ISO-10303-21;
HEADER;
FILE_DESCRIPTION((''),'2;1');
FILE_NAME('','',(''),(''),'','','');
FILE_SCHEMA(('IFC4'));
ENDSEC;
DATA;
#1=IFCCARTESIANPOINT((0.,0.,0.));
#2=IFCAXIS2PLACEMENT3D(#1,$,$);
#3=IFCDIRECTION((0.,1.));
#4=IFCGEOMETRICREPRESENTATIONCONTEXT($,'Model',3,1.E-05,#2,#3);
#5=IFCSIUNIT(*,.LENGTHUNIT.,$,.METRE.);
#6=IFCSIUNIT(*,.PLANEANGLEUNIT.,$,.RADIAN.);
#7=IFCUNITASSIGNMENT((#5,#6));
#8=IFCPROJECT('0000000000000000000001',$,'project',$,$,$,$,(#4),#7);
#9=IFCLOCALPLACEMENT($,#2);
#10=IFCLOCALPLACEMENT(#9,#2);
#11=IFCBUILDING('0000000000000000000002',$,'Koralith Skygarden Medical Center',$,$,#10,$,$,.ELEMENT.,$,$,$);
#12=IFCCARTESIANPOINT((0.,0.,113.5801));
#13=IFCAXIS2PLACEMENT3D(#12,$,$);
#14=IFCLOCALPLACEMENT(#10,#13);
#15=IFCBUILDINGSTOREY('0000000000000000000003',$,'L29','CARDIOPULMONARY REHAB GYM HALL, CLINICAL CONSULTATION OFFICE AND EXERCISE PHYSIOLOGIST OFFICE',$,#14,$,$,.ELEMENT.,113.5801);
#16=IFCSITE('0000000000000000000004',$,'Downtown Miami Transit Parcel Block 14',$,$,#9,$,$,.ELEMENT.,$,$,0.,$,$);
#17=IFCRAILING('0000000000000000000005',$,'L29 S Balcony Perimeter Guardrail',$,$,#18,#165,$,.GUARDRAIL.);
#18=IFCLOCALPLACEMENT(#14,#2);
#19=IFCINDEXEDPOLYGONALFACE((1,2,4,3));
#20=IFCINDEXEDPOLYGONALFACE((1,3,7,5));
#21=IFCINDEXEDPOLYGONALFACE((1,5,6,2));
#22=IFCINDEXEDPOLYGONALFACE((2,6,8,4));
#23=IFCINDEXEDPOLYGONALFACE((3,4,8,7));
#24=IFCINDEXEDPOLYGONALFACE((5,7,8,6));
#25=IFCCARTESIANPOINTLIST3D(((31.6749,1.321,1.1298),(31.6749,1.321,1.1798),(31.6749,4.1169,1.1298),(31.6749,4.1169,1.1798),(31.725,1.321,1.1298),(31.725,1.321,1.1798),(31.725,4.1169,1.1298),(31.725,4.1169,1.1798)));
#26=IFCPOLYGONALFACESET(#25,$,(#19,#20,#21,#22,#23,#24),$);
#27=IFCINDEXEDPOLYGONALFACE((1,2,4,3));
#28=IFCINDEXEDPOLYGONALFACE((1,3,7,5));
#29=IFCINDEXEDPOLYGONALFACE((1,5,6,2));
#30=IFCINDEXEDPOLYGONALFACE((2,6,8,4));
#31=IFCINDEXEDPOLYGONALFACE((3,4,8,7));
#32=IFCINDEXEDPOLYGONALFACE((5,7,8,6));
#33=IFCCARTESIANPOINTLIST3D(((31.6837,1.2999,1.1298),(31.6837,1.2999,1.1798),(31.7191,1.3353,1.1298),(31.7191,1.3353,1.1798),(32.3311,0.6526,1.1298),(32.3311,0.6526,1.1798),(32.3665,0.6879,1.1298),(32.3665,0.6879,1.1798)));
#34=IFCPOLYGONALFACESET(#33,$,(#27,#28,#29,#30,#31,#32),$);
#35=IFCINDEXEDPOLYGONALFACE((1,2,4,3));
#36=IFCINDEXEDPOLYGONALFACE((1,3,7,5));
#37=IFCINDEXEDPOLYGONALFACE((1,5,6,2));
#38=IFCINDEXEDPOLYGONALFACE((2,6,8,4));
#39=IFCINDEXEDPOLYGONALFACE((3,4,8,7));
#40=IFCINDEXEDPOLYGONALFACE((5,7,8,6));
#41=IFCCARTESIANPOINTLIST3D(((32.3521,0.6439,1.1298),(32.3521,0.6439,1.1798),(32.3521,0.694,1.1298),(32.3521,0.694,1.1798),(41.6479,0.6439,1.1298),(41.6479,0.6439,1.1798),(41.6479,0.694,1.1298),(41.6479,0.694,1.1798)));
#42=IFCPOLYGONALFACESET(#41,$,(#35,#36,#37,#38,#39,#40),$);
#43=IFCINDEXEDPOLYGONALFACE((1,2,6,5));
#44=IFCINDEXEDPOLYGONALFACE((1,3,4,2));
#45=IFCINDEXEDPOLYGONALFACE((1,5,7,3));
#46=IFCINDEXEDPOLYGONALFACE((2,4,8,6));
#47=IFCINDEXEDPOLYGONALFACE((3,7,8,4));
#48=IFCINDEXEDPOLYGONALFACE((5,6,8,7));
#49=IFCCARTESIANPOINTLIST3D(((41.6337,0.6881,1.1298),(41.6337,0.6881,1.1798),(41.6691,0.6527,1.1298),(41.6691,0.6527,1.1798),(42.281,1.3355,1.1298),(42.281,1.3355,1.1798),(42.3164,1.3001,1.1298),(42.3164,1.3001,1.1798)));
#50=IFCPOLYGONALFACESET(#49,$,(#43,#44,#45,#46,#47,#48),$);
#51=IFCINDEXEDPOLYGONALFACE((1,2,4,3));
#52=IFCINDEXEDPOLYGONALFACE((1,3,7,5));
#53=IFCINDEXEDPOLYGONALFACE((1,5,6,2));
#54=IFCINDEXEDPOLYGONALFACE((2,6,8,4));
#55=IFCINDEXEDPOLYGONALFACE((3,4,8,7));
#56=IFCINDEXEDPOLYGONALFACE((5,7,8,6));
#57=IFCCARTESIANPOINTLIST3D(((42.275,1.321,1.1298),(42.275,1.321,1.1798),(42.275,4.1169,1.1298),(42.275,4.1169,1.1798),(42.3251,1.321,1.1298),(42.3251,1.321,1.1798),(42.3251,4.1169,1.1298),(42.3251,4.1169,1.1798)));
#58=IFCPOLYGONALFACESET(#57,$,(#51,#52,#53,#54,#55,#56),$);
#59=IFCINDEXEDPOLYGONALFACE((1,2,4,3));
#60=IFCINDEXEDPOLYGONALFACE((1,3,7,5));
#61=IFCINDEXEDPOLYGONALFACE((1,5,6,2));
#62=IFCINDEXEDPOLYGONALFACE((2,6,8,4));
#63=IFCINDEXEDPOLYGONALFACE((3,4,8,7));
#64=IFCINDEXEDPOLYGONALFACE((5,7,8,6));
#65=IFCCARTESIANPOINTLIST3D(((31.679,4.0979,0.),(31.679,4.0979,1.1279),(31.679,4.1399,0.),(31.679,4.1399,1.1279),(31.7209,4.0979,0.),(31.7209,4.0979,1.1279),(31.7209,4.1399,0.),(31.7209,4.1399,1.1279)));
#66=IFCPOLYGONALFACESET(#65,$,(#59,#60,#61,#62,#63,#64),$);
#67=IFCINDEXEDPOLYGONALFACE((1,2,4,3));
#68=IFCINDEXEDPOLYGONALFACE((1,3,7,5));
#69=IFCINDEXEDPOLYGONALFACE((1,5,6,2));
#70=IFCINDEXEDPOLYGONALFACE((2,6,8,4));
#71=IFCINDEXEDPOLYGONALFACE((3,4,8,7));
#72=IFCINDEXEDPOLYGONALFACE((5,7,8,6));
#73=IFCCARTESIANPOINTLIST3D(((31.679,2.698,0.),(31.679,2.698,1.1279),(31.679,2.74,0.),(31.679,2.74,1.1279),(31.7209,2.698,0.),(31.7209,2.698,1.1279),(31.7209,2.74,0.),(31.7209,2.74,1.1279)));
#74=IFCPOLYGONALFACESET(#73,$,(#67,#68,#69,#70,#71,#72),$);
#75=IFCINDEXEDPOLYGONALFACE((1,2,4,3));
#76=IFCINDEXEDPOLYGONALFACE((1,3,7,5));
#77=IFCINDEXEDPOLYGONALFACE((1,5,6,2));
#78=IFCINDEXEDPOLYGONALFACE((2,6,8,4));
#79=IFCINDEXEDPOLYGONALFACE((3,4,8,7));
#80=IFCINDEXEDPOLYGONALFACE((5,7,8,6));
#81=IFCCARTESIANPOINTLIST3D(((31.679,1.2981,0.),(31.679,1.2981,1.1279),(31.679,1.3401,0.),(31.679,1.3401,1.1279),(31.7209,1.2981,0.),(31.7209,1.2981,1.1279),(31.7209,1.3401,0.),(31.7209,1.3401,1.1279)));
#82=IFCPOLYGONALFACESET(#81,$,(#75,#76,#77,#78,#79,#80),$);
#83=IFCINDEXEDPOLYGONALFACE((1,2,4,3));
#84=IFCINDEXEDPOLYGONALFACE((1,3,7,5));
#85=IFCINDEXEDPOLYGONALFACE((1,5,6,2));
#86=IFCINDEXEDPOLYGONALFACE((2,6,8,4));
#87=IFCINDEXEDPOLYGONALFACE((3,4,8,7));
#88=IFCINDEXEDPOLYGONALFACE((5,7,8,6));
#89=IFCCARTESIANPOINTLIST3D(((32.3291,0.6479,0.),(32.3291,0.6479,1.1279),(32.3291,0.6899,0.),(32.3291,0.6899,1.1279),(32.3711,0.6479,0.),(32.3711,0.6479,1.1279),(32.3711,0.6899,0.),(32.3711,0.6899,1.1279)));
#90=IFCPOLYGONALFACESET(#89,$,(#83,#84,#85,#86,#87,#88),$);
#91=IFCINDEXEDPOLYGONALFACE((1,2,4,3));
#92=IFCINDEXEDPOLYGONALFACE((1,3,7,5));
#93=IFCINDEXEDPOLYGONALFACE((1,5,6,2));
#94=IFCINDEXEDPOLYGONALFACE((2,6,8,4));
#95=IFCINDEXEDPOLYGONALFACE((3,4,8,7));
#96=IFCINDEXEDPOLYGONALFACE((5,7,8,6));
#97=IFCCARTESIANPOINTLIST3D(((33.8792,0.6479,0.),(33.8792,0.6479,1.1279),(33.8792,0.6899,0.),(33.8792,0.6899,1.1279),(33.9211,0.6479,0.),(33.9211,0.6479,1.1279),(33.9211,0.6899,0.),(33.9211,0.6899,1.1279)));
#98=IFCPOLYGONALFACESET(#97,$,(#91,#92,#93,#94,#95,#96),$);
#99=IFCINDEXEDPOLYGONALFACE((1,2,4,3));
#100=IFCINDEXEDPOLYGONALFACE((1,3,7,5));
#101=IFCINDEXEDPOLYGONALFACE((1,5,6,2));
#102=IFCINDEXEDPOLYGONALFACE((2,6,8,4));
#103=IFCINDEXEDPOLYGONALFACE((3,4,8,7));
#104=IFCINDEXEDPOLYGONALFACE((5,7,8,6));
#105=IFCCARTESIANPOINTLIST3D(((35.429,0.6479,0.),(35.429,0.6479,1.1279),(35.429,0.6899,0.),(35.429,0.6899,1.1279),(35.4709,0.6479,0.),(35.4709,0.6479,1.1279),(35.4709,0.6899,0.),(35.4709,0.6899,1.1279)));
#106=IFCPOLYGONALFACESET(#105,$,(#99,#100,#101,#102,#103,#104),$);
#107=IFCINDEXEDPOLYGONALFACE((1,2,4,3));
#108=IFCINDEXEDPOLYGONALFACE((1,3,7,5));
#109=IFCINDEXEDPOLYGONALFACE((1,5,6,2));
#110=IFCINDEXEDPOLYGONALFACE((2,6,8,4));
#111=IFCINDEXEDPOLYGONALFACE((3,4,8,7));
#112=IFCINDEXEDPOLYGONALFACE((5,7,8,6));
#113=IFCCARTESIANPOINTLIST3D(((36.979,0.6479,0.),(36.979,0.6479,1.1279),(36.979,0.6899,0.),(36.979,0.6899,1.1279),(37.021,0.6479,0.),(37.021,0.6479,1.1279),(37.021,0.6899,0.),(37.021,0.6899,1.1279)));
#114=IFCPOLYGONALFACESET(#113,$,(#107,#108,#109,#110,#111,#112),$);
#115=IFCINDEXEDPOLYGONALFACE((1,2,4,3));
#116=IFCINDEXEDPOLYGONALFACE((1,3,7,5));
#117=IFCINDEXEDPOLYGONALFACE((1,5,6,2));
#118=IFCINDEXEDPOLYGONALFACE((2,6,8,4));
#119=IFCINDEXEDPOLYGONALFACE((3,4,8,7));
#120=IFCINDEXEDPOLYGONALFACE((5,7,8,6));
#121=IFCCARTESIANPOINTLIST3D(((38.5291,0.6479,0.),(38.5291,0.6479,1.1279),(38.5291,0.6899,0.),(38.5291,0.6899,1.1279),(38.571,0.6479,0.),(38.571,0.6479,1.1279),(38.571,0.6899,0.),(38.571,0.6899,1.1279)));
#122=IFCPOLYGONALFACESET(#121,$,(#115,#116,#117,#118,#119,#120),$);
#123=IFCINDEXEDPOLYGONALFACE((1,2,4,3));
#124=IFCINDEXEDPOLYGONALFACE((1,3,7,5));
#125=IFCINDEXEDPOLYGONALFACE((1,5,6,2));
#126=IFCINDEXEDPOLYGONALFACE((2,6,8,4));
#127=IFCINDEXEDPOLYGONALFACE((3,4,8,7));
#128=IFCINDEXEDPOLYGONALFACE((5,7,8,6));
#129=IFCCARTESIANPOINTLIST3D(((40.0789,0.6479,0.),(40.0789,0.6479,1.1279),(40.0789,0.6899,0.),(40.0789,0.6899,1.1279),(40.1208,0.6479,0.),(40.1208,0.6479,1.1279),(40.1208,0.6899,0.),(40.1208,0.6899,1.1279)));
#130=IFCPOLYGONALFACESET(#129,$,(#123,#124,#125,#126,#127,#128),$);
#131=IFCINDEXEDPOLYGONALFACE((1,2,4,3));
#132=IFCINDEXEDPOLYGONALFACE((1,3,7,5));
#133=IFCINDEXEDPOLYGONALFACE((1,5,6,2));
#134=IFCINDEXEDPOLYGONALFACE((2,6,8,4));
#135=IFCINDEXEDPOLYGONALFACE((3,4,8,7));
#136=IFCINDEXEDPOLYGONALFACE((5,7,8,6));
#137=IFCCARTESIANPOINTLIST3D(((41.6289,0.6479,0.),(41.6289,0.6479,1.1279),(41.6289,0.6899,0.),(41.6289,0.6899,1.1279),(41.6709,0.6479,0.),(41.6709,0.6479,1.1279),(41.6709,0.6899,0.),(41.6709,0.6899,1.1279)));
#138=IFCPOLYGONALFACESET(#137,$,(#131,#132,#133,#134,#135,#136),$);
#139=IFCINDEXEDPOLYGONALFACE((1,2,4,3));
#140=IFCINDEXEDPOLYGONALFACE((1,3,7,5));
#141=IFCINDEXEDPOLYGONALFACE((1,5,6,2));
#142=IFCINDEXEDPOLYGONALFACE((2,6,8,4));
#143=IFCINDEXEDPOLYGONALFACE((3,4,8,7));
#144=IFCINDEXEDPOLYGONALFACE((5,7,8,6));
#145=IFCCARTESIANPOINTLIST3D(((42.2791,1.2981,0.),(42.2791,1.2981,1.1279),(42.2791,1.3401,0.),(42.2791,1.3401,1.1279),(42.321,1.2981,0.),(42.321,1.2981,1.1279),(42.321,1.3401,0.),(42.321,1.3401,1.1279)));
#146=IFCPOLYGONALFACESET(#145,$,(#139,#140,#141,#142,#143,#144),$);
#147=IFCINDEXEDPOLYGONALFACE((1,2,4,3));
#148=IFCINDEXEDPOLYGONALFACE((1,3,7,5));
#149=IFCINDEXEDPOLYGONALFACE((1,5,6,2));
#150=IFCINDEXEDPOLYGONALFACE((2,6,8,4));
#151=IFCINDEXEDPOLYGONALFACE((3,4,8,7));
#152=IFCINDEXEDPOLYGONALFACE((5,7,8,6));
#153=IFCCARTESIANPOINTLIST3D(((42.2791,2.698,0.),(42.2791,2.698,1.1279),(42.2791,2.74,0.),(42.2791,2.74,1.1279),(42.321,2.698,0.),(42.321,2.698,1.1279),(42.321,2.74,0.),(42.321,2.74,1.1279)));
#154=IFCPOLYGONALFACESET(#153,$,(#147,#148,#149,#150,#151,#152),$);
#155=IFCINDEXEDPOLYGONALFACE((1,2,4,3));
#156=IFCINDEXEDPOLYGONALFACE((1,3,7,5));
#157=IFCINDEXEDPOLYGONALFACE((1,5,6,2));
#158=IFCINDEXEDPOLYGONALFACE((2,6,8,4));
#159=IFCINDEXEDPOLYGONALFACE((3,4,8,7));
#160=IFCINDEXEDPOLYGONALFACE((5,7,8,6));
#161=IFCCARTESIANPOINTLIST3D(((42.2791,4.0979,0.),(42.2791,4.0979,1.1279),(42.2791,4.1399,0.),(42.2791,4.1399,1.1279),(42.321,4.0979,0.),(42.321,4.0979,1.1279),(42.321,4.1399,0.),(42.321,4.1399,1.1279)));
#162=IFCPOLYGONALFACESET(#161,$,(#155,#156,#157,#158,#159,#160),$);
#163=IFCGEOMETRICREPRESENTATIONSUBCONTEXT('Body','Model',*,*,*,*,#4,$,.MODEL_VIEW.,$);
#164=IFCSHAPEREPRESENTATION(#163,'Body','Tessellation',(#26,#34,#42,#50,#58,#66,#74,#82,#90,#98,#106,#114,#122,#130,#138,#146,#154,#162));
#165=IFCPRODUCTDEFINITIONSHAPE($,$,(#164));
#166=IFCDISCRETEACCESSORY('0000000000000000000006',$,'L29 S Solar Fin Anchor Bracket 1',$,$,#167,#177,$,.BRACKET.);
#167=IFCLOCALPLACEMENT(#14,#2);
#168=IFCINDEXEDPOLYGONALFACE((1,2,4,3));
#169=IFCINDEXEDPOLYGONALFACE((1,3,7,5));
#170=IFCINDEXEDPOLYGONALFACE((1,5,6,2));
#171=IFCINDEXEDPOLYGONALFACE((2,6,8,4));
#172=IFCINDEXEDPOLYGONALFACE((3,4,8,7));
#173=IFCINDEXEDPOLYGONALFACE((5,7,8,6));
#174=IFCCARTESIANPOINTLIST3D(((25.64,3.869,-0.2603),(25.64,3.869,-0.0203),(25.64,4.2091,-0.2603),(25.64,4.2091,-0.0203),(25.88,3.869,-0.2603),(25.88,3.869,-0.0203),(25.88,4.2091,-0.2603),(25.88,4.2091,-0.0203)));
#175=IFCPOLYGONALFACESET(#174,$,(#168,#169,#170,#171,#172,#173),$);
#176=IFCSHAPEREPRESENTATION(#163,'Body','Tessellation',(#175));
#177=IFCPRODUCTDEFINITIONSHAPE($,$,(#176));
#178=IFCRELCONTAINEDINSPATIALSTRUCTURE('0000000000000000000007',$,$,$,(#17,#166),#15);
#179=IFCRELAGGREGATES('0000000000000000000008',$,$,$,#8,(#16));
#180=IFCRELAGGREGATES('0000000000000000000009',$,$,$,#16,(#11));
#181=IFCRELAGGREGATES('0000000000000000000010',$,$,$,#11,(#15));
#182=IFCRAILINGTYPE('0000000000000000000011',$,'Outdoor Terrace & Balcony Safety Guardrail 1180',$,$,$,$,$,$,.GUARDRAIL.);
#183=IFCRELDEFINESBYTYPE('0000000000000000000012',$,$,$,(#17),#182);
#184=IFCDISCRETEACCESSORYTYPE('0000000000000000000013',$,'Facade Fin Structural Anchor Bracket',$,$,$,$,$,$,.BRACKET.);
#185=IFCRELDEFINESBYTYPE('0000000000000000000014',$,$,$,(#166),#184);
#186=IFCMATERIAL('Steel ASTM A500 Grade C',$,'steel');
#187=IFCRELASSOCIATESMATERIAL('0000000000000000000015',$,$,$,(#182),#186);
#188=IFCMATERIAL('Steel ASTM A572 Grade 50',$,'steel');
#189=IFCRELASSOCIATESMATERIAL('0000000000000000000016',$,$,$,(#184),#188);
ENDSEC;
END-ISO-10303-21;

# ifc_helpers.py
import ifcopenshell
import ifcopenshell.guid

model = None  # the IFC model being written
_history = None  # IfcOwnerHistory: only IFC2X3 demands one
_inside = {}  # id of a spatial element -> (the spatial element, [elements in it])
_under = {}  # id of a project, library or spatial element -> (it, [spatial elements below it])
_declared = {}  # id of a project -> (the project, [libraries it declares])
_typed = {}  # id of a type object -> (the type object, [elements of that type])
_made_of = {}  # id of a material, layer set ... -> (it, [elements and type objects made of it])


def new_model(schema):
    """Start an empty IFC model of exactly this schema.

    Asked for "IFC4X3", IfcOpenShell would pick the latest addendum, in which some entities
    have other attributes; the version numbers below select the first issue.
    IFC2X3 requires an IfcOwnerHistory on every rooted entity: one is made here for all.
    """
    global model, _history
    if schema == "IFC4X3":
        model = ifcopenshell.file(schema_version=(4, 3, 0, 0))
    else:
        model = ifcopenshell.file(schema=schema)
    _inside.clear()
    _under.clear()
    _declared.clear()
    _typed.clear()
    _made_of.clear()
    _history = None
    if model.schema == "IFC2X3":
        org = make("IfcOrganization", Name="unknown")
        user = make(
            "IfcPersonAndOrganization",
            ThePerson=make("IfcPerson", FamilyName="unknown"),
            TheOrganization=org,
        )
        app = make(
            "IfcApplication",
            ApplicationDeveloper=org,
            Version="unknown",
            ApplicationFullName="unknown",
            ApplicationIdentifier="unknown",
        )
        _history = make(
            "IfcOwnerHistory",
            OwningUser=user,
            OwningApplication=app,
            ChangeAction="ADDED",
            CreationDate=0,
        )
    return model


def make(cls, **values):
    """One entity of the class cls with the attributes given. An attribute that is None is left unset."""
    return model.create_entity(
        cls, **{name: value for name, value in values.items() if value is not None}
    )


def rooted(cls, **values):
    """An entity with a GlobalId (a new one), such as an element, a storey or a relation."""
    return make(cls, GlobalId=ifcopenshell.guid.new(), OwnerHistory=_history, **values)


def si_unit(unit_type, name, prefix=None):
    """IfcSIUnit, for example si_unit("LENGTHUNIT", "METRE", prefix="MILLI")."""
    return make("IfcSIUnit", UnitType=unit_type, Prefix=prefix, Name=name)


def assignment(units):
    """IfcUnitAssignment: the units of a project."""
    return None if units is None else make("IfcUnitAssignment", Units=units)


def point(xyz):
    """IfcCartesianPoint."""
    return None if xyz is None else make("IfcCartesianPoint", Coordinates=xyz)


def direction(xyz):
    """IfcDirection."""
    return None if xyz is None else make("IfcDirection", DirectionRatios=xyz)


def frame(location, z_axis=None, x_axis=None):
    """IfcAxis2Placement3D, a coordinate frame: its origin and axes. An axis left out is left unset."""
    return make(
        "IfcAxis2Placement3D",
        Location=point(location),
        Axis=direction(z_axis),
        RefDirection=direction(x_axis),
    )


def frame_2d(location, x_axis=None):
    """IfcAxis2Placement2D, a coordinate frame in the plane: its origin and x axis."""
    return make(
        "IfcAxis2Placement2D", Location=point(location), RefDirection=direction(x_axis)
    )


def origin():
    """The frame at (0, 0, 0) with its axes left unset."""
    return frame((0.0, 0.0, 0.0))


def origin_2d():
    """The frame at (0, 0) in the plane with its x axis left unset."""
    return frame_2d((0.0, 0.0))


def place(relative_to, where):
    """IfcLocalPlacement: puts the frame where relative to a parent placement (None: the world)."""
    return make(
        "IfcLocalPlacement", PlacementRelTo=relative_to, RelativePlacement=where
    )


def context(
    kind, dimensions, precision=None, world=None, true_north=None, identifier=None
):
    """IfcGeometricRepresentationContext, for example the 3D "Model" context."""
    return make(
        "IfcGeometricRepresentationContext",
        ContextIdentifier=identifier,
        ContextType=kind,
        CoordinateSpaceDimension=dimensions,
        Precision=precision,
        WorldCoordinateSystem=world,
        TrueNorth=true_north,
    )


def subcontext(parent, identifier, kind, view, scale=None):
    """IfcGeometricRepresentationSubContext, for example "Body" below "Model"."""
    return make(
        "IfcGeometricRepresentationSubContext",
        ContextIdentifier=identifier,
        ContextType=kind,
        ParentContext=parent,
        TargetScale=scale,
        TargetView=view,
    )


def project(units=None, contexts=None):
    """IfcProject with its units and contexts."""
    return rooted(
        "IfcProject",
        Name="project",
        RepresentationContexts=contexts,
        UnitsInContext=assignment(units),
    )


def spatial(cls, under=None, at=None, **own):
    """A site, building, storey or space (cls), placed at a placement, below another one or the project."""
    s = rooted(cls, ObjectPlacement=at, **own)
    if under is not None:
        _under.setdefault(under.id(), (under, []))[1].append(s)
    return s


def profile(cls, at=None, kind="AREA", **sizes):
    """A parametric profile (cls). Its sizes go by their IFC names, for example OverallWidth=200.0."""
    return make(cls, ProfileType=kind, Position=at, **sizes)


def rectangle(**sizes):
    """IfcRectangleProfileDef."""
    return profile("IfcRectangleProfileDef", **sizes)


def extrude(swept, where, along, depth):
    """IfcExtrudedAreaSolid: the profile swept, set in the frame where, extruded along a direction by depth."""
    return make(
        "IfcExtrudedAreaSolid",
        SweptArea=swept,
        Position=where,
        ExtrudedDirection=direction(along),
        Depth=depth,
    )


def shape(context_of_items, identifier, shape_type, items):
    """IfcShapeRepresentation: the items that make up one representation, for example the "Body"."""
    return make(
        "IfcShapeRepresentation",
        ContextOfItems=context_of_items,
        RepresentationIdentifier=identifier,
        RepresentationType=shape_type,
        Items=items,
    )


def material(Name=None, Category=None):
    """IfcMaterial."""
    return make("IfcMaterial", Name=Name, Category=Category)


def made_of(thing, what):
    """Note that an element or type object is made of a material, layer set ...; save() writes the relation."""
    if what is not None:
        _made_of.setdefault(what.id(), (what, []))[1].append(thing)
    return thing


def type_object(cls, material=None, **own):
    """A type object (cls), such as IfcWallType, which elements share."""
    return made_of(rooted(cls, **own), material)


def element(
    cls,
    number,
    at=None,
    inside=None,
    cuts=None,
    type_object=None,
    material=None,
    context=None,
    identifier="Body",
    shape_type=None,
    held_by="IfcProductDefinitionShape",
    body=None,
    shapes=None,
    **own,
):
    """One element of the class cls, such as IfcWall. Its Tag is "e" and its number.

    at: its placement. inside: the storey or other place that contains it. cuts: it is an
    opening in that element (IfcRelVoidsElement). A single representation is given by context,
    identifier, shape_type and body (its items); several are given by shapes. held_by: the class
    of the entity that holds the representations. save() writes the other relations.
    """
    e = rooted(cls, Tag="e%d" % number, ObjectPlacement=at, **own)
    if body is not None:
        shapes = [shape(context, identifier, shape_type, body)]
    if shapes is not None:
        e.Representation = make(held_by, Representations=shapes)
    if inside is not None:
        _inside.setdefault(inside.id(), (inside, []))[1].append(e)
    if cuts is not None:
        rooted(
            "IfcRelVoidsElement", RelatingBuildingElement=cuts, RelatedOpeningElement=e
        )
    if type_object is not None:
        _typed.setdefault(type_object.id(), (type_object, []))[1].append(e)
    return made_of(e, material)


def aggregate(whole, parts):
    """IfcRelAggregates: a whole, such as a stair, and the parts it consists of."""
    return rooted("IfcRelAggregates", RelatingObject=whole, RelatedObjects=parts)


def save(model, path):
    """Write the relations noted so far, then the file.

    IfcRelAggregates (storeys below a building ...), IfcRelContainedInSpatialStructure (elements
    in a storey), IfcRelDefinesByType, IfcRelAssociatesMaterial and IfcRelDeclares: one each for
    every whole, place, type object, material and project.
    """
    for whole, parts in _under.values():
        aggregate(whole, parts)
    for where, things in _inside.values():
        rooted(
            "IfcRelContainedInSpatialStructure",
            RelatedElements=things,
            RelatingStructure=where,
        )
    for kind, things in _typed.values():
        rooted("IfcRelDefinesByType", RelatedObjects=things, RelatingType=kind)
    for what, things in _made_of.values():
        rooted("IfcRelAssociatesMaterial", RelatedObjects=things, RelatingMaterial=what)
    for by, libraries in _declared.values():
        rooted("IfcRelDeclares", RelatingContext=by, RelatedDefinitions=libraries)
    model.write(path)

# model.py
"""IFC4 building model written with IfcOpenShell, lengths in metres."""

from ifc_helpers import new_model, si_unit, direction, frame, origin, origin_2d, place, context, subcontext, project, spatial, rectangle, extrude, material, type_object, element, save


model = new_model("IFC4")

# Units and contexts
model_context = context("Model", 3, precision=1e-05, world=origin(), true_north=direction((0.0, 1.0)))
body_context = subcontext(model_context, "Body", "Model", "MODEL_VIEW")
ifc_project = project(units=[si_unit("LENGTHUNIT", "METRE"), si_unit("PLANEANGLEUNIT", "RADIAN")], contexts=[model_context])

# Site, building, storey
site_placement = place(None, origin())
site = spatial("IfcSite", under=ifc_project, at=site_placement, Name="Downtown Miami Transit Parcel Block 14", CompositionType="ELEMENT", RefElevation=0.0)
building_placement = place(site_placement, origin())
building = spatial("IfcBuilding", under=site, at=building_placement, Name="Koralith Skygarden Medical Center", CompositionType="ELEMENT")
storey_placement = place(building_placement, frame((0.0, 0.0, 113.5801)))
storey = spatial("IfcBuildingStorey", under=building, at=storey_placement, Name="L29", Description="CARDIOPULMONARY REHAB GYM HALL, CLINICAL CONSULTATION OFFICE AND EXERCISE PHYSIOLOGIST OFFICE", CompositionType="ELEMENT", Elevation=113.5801)

# Railing
ifc_material_1 = material(Name="Steel ASTM A500 Grade C", Category="steel")
railing_type = type_object("IfcRailingType", Name="Outdoor Terrace & Balcony Safety Guardrail 1180", PredefinedType="GUARDRAIL", material=ifc_material_1)
railing_placement = place(storey_placement, frame((31.7, 4.1189, 0.0)))
element("IfcRailing", 1, at=railing_placement, inside=storey, type_object=railing_type, Name="L29 S Balcony Perimeter Guardrail", PredefinedType="GUARDRAIL", context=body_context, shape_type="SweptSolid", body=[
    extrude(rectangle(XDim=0.05, YDim=0.05, at=origin_2d()), frame((0.0, -0.002, 1.1548), z_axis=(0.0, -1.0, 0.0), x_axis=(1.0, 0.0, 0.0)), (0.0, 0.0, 1.0), 2.7959),
    extrude(rectangle(XDim=0.05, YDim=0.05, at=origin_2d()), frame((0.0015, -2.8013, 1.1548), z_axis=(0.707107, -0.707107, 0.0), x_axis=(0.707107, 0.707107, 0.0)), (0.0, 0.0, 1.0), 0.9155),
    extrude(rectangle(XDim=0.05, YDim=0.05, at=origin_2d()), frame((0.6521, -3.45, 1.1548), z_axis=(1.0, 0.0, 0.0), x_axis=(0.0, 1.0, 0.0)), (0.0, 0.0, 1.0), 9.2959),
    extrude(rectangle(XDim=0.05, YDim=0.05, at=origin_2d()), frame((9.9514, -3.4485, 1.1548), z_axis=(0.707107, 0.707107, 0.0), x_axis=(-0.707107, 0.707107, 0.0)), (0.0, 0.0, 1.0), 0.9155),
    extrude(rectangle(XDim=0.05, YDim=0.05, at=origin_2d()), frame((10.6001, -2.7979, 1.1548), z_axis=(0.0, 1.0, 0.0), x_axis=(-1.0, 0.0, 0.0)), (0.0, 0.0, 1.0), 2.7959),
    extrude(rectangle(XDim=0.042, YDim=0.042, at=origin_2d()), origin(), (0.0, 0.0, 1.0), 1.1279),
    extrude(rectangle(XDim=0.042, YDim=0.042, at=origin_2d()), frame((0.0, -1.3999, 0.0)), (0.0, 0.0, 1.0), 1.1279),
    extrude(rectangle(XDim=0.042, YDim=0.042, at=origin_2d()), frame((0.0, -2.7998, 0.0)), (0.0, 0.0, 1.0), 1.1279),
    extrude(rectangle(XDim=0.042, YDim=0.042, at=origin_2d()), frame((0.6501, -3.45, 0.0)), (0.0, 0.0, 1.0), 1.1279),
    extrude(rectangle(XDim=0.042, YDim=0.042, at=origin_2d()), frame((2.2002, -3.45, 0.0)), (0.0, 0.0, 1.0), 1.1279),
    extrude(rectangle(XDim=0.042, YDim=0.042, at=origin_2d()), frame((3.75, -3.45, 0.0)), (0.0, 0.0, 1.0), 1.1279),
    extrude(rectangle(XDim=0.042, YDim=0.042, at=origin_2d()), frame((5.3, -3.45, 0.0)), (0.0, 0.0, 1.0), 1.1279),
    extrude(rectangle(XDim=0.042, YDim=0.042, at=origin_2d()), frame((6.8501, -3.45, 0.0)), (0.0, 0.0, 1.0), 1.1279),
    extrude(rectangle(XDim=0.042, YDim=0.042, at=origin_2d()), frame((8.3999, -3.45, 0.0)), (0.0, 0.0, 1.0), 1.1279),
    extrude(rectangle(XDim=0.042, YDim=0.042, at=origin_2d()), frame((9.95, -3.45, 0.0)), (0.0, 0.0, 1.0), 1.1279),
    extrude(rectangle(XDim=0.042, YDim=0.042, at=origin_2d()), frame((10.6001, -2.7998, 0.0)), (0.0, 0.0, 1.0), 1.1279),
    extrude(rectangle(XDim=0.042, YDim=0.042, at=origin_2d()), frame((10.6001, -1.3999, 0.0)), (0.0, 0.0, 1.0), 1.1279),
    extrude(rectangle(XDim=0.042, YDim=0.042, at=origin_2d()), frame((10.6001, 0.0, 0.0)), (0.0, 0.0, 1.0), 1.1279),
])

# Discrete accessory
ifc_material_2 = material(Name="Steel ASTM A572 Grade 50", Category="steel")
discrete_accessory_type = type_object("IfcDiscreteAccessoryType", Name="Facade Fin Structural Anchor Bracket", PredefinedType="BRACKET", material=ifc_material_2)
discrete_accessory_placement = place(storey_placement, frame((25.76, 4.0391, -0.2603), z_axis=(0.0, 0.0, 1.0), x_axis=(0.0, -1.0, 0.0)))
element("IfcDiscreteAccessory", 2, at=discrete_accessory_placement, inside=storey, type_object=discrete_accessory_type, Name="L29 S Solar Fin Anchor Bracket 1", PredefinedType="BRACKET", context=body_context, shape_type="SweptSolid", body=[
    extrude(rectangle(XDim=0.3401, YDim=0.24, at=origin_2d()), origin(), (0.0, 0.0, 1.0), 0.24),
])

save(model, "model.ifc")
